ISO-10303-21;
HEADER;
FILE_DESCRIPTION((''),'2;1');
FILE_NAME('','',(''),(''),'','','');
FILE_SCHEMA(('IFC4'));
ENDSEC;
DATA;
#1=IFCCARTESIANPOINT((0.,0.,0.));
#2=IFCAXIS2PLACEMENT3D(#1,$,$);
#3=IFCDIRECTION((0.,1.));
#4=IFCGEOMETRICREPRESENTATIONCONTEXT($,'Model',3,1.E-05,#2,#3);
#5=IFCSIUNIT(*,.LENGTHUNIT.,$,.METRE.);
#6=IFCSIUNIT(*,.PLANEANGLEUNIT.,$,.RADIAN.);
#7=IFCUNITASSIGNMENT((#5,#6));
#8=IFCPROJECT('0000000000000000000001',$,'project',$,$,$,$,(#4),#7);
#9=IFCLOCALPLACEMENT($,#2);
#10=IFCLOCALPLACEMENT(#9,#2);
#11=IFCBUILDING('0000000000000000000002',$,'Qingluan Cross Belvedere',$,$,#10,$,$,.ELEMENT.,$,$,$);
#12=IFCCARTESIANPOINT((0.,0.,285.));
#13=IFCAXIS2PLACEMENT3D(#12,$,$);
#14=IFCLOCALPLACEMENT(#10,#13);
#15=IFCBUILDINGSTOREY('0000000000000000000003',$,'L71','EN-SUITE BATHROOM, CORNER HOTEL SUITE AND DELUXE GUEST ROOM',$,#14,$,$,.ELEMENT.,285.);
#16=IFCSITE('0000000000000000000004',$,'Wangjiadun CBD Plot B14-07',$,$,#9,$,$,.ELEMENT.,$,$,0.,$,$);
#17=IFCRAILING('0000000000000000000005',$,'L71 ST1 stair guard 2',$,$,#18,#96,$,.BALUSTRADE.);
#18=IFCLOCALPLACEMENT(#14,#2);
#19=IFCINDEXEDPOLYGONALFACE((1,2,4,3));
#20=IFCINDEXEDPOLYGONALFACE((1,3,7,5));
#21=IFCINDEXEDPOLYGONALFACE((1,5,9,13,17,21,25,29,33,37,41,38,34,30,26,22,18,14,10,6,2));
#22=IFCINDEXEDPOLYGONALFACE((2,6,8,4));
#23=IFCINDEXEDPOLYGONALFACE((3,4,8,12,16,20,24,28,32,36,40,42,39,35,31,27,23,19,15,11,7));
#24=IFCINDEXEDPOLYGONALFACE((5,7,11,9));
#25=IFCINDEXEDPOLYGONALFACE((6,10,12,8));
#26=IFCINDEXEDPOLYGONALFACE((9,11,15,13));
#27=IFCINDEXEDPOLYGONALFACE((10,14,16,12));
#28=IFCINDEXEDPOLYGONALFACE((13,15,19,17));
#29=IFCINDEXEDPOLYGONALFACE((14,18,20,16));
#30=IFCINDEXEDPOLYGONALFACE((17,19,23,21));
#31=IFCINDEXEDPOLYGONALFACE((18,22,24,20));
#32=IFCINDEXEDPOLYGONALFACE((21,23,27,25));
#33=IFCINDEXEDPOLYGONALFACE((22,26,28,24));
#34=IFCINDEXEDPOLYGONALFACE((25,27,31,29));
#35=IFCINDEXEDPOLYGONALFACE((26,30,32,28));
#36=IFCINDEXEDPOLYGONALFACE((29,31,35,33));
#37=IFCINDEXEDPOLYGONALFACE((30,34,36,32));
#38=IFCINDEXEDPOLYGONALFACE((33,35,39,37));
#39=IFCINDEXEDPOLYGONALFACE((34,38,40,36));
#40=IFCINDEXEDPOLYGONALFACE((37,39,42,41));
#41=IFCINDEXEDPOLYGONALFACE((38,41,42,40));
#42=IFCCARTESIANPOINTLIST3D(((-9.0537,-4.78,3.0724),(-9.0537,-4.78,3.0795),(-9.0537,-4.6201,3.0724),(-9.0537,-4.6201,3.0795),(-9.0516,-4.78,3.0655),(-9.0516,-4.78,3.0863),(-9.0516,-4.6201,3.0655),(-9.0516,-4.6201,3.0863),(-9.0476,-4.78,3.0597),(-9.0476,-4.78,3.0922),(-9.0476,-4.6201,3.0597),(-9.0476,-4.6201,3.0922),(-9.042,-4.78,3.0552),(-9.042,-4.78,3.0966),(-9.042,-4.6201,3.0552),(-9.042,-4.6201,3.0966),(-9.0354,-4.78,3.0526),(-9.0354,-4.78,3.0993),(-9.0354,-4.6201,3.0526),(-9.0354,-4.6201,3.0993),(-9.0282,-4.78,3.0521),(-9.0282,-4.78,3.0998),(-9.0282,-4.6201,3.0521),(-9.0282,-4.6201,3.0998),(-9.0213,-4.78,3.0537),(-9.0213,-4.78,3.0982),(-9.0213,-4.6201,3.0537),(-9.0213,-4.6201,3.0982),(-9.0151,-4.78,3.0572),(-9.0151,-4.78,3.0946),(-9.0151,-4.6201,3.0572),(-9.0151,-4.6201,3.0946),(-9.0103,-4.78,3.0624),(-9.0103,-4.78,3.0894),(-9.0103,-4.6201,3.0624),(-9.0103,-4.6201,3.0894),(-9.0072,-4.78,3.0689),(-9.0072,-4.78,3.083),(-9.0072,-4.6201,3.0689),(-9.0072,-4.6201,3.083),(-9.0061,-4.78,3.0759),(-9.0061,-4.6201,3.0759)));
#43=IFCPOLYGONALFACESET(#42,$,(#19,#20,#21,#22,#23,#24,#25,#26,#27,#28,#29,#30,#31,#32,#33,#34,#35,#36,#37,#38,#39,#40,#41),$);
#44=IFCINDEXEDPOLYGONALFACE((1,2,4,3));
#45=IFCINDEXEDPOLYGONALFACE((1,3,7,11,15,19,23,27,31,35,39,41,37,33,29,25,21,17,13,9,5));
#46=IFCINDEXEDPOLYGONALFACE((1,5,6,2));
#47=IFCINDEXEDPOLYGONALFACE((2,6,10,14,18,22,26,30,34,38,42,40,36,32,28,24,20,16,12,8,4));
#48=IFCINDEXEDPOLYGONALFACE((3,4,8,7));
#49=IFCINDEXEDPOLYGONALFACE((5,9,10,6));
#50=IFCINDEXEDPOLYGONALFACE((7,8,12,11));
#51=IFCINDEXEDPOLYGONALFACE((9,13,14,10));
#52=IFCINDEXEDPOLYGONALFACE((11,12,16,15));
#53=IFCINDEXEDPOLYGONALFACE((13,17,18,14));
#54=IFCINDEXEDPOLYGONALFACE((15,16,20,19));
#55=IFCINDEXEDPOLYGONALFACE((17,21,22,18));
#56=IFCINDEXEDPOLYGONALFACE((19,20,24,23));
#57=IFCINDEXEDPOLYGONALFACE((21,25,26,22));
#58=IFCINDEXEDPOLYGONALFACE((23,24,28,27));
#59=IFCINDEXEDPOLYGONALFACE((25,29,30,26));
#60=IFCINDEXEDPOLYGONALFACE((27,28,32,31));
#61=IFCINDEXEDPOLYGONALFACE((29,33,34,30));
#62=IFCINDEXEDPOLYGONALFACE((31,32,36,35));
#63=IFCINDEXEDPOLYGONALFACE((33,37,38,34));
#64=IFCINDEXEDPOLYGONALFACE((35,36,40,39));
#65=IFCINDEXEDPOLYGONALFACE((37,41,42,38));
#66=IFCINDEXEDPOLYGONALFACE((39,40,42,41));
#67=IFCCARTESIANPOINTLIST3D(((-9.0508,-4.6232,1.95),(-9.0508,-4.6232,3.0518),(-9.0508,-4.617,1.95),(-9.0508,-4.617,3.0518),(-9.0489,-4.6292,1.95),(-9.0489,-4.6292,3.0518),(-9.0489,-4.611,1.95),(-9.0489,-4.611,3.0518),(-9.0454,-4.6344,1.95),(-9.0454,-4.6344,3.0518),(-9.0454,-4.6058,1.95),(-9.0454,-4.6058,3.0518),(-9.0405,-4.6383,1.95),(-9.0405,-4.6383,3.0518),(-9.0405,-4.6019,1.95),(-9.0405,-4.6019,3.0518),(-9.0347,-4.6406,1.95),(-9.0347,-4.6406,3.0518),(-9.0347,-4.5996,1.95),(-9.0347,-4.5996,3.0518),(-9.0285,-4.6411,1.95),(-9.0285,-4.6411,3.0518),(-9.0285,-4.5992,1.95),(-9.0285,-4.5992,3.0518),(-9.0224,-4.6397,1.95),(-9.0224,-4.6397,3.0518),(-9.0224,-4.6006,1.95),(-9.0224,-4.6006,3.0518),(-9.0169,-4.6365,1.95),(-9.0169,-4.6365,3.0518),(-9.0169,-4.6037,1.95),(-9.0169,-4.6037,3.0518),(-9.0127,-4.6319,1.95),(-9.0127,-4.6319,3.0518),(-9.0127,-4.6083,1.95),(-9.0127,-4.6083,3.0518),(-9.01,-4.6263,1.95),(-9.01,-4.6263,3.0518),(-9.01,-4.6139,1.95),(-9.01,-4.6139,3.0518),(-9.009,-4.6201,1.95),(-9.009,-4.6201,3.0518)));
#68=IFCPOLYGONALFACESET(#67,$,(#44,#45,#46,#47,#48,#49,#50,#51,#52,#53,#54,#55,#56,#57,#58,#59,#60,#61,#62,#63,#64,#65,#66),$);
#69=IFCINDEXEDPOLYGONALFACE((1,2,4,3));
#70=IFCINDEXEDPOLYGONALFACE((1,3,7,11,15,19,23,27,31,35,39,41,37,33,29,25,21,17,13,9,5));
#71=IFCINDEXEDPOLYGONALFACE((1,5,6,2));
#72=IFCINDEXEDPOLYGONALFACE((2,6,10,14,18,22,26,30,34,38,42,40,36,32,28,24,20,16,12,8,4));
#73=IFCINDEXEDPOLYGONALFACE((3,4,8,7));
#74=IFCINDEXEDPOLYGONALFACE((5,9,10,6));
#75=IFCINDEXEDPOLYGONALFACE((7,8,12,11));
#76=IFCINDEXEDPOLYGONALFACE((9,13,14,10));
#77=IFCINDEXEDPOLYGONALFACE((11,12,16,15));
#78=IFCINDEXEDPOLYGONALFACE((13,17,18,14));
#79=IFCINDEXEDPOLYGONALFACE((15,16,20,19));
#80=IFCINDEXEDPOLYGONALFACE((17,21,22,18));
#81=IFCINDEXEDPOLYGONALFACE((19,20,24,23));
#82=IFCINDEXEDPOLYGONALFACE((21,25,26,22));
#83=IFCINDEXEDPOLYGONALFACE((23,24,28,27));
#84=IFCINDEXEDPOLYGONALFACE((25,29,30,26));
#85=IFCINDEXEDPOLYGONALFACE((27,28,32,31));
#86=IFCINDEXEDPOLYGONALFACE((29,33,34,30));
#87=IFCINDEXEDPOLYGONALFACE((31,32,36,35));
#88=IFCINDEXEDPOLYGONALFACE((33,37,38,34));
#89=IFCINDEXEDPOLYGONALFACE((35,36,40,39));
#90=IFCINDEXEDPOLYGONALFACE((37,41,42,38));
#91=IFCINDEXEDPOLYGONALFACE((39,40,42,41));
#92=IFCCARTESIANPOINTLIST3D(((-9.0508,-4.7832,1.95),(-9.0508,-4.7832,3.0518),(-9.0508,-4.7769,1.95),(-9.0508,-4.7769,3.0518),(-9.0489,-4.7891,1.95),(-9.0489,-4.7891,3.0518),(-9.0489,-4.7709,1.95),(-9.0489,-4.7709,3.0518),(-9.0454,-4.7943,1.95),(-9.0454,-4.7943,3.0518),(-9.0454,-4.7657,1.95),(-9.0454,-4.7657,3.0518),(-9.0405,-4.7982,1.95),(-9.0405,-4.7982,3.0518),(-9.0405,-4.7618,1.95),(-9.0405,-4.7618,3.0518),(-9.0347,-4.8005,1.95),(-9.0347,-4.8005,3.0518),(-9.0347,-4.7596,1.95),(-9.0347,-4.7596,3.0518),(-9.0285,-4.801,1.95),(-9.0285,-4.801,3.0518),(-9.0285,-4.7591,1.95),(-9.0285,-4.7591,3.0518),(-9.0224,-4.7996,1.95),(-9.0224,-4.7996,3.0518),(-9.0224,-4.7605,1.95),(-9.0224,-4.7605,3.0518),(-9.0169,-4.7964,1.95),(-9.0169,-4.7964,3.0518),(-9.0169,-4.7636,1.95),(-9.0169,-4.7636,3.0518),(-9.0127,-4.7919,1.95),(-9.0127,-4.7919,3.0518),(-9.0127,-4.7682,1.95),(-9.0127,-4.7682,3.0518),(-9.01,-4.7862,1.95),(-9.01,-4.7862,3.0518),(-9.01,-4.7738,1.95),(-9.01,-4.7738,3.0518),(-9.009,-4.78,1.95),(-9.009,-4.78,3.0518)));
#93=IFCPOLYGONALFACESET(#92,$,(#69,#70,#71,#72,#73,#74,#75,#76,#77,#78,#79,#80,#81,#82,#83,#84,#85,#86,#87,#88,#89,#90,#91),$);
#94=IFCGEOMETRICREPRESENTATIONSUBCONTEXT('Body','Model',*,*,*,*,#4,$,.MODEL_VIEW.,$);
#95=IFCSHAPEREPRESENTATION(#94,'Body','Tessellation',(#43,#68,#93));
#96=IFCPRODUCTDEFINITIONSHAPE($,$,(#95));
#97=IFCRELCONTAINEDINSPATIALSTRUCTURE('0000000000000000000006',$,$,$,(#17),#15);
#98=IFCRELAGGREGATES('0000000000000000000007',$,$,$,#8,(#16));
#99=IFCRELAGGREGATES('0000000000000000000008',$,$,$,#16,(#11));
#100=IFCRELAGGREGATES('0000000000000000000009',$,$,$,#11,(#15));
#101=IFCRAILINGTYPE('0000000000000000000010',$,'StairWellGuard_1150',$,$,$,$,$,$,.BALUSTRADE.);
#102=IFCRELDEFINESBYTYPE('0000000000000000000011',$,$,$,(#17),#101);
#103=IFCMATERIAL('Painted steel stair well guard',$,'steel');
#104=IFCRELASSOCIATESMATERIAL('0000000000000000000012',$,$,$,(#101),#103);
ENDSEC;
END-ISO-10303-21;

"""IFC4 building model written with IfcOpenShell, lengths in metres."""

from ifc_helpers import new_model, si_unit, direction, frame, origin, origin_2d, place, context, subcontext, project, spatial, circle, extrude, material, type_object, element, save


model = new_model("IFC4")

# Units and contexts
model_context = context("Model", 3, precision=1e-05, world=origin(), true_north=direction((0.0, 1.0)))
body_context = subcontext(model_context, "Body", "Model", "MODEL_VIEW")
ifc_project = project(units=[si_unit("LENGTHUNIT", "METRE"), si_unit("PLANEANGLEUNIT", "RADIAN")], contexts=[model_context])

# Site, building, storey
site_placement = place(None, origin())
site = spatial("IfcSite", under=ifc_project, at=site_placement, Name="Wangjiadun CBD Plot B14-07", CompositionType="ELEMENT", RefElevation=0.0)
building_placement = place(site_placement, origin())
building = spatial("IfcBuilding", under=site, at=building_placement, Name="Qingluan Cross Belvedere", CompositionType="ELEMENT")
storey_placement = place(building_placement, frame((0.0, 0.0, 285.0)))
storey = spatial("IfcBuildingStorey", under=building, at=storey_placement, Name="L71", Description="EN-SUITE BATHROOM, CORNER HOTEL SUITE AND DELUXE GUEST ROOM", CompositionType="ELEMENT", Elevation=285.0)

# Railing
ifc_material_1 = material(Name="Painted steel stair well guard", Category="steel")
railing_type_1 = type_object("IfcRailingType", Name="StairWellGuard_1150", PredefinedType="BALUSTRADE", material=ifc_material_1)
railing_1_placement = place(storey_placement, frame((-9.03, -4.6201, 1.95)))
element("IfcRailing", 1, at=railing_1_placement, inside=storey, type_object=railing_type_1, Name="L71 ST1 stair guard 2", PredefinedType="BALUSTRADE", context=body_context, shape_type="SweptSolid", body=[
    extrude(circle(Radius=0.0239, at=origin_2d()), frame((0.0, 0.0, 1.126), z_axis=(0.0, -1.0, 0.0), x_axis=(1.0, 0.0, 0.0)), (0.0, 0.0, 1.0), 0.1599),
    extrude(circle(Radius=0.021, at=origin_2d()), origin(), (0.0, 0.0, 1.0), 1.1018),
    extrude(circle(Radius=0.021, at=origin_2d()), frame((0.0, -0.1599, 0.0)), (0.0, 0.0, 1.0), 1.1018),
])

save(model, "model.ifc")
